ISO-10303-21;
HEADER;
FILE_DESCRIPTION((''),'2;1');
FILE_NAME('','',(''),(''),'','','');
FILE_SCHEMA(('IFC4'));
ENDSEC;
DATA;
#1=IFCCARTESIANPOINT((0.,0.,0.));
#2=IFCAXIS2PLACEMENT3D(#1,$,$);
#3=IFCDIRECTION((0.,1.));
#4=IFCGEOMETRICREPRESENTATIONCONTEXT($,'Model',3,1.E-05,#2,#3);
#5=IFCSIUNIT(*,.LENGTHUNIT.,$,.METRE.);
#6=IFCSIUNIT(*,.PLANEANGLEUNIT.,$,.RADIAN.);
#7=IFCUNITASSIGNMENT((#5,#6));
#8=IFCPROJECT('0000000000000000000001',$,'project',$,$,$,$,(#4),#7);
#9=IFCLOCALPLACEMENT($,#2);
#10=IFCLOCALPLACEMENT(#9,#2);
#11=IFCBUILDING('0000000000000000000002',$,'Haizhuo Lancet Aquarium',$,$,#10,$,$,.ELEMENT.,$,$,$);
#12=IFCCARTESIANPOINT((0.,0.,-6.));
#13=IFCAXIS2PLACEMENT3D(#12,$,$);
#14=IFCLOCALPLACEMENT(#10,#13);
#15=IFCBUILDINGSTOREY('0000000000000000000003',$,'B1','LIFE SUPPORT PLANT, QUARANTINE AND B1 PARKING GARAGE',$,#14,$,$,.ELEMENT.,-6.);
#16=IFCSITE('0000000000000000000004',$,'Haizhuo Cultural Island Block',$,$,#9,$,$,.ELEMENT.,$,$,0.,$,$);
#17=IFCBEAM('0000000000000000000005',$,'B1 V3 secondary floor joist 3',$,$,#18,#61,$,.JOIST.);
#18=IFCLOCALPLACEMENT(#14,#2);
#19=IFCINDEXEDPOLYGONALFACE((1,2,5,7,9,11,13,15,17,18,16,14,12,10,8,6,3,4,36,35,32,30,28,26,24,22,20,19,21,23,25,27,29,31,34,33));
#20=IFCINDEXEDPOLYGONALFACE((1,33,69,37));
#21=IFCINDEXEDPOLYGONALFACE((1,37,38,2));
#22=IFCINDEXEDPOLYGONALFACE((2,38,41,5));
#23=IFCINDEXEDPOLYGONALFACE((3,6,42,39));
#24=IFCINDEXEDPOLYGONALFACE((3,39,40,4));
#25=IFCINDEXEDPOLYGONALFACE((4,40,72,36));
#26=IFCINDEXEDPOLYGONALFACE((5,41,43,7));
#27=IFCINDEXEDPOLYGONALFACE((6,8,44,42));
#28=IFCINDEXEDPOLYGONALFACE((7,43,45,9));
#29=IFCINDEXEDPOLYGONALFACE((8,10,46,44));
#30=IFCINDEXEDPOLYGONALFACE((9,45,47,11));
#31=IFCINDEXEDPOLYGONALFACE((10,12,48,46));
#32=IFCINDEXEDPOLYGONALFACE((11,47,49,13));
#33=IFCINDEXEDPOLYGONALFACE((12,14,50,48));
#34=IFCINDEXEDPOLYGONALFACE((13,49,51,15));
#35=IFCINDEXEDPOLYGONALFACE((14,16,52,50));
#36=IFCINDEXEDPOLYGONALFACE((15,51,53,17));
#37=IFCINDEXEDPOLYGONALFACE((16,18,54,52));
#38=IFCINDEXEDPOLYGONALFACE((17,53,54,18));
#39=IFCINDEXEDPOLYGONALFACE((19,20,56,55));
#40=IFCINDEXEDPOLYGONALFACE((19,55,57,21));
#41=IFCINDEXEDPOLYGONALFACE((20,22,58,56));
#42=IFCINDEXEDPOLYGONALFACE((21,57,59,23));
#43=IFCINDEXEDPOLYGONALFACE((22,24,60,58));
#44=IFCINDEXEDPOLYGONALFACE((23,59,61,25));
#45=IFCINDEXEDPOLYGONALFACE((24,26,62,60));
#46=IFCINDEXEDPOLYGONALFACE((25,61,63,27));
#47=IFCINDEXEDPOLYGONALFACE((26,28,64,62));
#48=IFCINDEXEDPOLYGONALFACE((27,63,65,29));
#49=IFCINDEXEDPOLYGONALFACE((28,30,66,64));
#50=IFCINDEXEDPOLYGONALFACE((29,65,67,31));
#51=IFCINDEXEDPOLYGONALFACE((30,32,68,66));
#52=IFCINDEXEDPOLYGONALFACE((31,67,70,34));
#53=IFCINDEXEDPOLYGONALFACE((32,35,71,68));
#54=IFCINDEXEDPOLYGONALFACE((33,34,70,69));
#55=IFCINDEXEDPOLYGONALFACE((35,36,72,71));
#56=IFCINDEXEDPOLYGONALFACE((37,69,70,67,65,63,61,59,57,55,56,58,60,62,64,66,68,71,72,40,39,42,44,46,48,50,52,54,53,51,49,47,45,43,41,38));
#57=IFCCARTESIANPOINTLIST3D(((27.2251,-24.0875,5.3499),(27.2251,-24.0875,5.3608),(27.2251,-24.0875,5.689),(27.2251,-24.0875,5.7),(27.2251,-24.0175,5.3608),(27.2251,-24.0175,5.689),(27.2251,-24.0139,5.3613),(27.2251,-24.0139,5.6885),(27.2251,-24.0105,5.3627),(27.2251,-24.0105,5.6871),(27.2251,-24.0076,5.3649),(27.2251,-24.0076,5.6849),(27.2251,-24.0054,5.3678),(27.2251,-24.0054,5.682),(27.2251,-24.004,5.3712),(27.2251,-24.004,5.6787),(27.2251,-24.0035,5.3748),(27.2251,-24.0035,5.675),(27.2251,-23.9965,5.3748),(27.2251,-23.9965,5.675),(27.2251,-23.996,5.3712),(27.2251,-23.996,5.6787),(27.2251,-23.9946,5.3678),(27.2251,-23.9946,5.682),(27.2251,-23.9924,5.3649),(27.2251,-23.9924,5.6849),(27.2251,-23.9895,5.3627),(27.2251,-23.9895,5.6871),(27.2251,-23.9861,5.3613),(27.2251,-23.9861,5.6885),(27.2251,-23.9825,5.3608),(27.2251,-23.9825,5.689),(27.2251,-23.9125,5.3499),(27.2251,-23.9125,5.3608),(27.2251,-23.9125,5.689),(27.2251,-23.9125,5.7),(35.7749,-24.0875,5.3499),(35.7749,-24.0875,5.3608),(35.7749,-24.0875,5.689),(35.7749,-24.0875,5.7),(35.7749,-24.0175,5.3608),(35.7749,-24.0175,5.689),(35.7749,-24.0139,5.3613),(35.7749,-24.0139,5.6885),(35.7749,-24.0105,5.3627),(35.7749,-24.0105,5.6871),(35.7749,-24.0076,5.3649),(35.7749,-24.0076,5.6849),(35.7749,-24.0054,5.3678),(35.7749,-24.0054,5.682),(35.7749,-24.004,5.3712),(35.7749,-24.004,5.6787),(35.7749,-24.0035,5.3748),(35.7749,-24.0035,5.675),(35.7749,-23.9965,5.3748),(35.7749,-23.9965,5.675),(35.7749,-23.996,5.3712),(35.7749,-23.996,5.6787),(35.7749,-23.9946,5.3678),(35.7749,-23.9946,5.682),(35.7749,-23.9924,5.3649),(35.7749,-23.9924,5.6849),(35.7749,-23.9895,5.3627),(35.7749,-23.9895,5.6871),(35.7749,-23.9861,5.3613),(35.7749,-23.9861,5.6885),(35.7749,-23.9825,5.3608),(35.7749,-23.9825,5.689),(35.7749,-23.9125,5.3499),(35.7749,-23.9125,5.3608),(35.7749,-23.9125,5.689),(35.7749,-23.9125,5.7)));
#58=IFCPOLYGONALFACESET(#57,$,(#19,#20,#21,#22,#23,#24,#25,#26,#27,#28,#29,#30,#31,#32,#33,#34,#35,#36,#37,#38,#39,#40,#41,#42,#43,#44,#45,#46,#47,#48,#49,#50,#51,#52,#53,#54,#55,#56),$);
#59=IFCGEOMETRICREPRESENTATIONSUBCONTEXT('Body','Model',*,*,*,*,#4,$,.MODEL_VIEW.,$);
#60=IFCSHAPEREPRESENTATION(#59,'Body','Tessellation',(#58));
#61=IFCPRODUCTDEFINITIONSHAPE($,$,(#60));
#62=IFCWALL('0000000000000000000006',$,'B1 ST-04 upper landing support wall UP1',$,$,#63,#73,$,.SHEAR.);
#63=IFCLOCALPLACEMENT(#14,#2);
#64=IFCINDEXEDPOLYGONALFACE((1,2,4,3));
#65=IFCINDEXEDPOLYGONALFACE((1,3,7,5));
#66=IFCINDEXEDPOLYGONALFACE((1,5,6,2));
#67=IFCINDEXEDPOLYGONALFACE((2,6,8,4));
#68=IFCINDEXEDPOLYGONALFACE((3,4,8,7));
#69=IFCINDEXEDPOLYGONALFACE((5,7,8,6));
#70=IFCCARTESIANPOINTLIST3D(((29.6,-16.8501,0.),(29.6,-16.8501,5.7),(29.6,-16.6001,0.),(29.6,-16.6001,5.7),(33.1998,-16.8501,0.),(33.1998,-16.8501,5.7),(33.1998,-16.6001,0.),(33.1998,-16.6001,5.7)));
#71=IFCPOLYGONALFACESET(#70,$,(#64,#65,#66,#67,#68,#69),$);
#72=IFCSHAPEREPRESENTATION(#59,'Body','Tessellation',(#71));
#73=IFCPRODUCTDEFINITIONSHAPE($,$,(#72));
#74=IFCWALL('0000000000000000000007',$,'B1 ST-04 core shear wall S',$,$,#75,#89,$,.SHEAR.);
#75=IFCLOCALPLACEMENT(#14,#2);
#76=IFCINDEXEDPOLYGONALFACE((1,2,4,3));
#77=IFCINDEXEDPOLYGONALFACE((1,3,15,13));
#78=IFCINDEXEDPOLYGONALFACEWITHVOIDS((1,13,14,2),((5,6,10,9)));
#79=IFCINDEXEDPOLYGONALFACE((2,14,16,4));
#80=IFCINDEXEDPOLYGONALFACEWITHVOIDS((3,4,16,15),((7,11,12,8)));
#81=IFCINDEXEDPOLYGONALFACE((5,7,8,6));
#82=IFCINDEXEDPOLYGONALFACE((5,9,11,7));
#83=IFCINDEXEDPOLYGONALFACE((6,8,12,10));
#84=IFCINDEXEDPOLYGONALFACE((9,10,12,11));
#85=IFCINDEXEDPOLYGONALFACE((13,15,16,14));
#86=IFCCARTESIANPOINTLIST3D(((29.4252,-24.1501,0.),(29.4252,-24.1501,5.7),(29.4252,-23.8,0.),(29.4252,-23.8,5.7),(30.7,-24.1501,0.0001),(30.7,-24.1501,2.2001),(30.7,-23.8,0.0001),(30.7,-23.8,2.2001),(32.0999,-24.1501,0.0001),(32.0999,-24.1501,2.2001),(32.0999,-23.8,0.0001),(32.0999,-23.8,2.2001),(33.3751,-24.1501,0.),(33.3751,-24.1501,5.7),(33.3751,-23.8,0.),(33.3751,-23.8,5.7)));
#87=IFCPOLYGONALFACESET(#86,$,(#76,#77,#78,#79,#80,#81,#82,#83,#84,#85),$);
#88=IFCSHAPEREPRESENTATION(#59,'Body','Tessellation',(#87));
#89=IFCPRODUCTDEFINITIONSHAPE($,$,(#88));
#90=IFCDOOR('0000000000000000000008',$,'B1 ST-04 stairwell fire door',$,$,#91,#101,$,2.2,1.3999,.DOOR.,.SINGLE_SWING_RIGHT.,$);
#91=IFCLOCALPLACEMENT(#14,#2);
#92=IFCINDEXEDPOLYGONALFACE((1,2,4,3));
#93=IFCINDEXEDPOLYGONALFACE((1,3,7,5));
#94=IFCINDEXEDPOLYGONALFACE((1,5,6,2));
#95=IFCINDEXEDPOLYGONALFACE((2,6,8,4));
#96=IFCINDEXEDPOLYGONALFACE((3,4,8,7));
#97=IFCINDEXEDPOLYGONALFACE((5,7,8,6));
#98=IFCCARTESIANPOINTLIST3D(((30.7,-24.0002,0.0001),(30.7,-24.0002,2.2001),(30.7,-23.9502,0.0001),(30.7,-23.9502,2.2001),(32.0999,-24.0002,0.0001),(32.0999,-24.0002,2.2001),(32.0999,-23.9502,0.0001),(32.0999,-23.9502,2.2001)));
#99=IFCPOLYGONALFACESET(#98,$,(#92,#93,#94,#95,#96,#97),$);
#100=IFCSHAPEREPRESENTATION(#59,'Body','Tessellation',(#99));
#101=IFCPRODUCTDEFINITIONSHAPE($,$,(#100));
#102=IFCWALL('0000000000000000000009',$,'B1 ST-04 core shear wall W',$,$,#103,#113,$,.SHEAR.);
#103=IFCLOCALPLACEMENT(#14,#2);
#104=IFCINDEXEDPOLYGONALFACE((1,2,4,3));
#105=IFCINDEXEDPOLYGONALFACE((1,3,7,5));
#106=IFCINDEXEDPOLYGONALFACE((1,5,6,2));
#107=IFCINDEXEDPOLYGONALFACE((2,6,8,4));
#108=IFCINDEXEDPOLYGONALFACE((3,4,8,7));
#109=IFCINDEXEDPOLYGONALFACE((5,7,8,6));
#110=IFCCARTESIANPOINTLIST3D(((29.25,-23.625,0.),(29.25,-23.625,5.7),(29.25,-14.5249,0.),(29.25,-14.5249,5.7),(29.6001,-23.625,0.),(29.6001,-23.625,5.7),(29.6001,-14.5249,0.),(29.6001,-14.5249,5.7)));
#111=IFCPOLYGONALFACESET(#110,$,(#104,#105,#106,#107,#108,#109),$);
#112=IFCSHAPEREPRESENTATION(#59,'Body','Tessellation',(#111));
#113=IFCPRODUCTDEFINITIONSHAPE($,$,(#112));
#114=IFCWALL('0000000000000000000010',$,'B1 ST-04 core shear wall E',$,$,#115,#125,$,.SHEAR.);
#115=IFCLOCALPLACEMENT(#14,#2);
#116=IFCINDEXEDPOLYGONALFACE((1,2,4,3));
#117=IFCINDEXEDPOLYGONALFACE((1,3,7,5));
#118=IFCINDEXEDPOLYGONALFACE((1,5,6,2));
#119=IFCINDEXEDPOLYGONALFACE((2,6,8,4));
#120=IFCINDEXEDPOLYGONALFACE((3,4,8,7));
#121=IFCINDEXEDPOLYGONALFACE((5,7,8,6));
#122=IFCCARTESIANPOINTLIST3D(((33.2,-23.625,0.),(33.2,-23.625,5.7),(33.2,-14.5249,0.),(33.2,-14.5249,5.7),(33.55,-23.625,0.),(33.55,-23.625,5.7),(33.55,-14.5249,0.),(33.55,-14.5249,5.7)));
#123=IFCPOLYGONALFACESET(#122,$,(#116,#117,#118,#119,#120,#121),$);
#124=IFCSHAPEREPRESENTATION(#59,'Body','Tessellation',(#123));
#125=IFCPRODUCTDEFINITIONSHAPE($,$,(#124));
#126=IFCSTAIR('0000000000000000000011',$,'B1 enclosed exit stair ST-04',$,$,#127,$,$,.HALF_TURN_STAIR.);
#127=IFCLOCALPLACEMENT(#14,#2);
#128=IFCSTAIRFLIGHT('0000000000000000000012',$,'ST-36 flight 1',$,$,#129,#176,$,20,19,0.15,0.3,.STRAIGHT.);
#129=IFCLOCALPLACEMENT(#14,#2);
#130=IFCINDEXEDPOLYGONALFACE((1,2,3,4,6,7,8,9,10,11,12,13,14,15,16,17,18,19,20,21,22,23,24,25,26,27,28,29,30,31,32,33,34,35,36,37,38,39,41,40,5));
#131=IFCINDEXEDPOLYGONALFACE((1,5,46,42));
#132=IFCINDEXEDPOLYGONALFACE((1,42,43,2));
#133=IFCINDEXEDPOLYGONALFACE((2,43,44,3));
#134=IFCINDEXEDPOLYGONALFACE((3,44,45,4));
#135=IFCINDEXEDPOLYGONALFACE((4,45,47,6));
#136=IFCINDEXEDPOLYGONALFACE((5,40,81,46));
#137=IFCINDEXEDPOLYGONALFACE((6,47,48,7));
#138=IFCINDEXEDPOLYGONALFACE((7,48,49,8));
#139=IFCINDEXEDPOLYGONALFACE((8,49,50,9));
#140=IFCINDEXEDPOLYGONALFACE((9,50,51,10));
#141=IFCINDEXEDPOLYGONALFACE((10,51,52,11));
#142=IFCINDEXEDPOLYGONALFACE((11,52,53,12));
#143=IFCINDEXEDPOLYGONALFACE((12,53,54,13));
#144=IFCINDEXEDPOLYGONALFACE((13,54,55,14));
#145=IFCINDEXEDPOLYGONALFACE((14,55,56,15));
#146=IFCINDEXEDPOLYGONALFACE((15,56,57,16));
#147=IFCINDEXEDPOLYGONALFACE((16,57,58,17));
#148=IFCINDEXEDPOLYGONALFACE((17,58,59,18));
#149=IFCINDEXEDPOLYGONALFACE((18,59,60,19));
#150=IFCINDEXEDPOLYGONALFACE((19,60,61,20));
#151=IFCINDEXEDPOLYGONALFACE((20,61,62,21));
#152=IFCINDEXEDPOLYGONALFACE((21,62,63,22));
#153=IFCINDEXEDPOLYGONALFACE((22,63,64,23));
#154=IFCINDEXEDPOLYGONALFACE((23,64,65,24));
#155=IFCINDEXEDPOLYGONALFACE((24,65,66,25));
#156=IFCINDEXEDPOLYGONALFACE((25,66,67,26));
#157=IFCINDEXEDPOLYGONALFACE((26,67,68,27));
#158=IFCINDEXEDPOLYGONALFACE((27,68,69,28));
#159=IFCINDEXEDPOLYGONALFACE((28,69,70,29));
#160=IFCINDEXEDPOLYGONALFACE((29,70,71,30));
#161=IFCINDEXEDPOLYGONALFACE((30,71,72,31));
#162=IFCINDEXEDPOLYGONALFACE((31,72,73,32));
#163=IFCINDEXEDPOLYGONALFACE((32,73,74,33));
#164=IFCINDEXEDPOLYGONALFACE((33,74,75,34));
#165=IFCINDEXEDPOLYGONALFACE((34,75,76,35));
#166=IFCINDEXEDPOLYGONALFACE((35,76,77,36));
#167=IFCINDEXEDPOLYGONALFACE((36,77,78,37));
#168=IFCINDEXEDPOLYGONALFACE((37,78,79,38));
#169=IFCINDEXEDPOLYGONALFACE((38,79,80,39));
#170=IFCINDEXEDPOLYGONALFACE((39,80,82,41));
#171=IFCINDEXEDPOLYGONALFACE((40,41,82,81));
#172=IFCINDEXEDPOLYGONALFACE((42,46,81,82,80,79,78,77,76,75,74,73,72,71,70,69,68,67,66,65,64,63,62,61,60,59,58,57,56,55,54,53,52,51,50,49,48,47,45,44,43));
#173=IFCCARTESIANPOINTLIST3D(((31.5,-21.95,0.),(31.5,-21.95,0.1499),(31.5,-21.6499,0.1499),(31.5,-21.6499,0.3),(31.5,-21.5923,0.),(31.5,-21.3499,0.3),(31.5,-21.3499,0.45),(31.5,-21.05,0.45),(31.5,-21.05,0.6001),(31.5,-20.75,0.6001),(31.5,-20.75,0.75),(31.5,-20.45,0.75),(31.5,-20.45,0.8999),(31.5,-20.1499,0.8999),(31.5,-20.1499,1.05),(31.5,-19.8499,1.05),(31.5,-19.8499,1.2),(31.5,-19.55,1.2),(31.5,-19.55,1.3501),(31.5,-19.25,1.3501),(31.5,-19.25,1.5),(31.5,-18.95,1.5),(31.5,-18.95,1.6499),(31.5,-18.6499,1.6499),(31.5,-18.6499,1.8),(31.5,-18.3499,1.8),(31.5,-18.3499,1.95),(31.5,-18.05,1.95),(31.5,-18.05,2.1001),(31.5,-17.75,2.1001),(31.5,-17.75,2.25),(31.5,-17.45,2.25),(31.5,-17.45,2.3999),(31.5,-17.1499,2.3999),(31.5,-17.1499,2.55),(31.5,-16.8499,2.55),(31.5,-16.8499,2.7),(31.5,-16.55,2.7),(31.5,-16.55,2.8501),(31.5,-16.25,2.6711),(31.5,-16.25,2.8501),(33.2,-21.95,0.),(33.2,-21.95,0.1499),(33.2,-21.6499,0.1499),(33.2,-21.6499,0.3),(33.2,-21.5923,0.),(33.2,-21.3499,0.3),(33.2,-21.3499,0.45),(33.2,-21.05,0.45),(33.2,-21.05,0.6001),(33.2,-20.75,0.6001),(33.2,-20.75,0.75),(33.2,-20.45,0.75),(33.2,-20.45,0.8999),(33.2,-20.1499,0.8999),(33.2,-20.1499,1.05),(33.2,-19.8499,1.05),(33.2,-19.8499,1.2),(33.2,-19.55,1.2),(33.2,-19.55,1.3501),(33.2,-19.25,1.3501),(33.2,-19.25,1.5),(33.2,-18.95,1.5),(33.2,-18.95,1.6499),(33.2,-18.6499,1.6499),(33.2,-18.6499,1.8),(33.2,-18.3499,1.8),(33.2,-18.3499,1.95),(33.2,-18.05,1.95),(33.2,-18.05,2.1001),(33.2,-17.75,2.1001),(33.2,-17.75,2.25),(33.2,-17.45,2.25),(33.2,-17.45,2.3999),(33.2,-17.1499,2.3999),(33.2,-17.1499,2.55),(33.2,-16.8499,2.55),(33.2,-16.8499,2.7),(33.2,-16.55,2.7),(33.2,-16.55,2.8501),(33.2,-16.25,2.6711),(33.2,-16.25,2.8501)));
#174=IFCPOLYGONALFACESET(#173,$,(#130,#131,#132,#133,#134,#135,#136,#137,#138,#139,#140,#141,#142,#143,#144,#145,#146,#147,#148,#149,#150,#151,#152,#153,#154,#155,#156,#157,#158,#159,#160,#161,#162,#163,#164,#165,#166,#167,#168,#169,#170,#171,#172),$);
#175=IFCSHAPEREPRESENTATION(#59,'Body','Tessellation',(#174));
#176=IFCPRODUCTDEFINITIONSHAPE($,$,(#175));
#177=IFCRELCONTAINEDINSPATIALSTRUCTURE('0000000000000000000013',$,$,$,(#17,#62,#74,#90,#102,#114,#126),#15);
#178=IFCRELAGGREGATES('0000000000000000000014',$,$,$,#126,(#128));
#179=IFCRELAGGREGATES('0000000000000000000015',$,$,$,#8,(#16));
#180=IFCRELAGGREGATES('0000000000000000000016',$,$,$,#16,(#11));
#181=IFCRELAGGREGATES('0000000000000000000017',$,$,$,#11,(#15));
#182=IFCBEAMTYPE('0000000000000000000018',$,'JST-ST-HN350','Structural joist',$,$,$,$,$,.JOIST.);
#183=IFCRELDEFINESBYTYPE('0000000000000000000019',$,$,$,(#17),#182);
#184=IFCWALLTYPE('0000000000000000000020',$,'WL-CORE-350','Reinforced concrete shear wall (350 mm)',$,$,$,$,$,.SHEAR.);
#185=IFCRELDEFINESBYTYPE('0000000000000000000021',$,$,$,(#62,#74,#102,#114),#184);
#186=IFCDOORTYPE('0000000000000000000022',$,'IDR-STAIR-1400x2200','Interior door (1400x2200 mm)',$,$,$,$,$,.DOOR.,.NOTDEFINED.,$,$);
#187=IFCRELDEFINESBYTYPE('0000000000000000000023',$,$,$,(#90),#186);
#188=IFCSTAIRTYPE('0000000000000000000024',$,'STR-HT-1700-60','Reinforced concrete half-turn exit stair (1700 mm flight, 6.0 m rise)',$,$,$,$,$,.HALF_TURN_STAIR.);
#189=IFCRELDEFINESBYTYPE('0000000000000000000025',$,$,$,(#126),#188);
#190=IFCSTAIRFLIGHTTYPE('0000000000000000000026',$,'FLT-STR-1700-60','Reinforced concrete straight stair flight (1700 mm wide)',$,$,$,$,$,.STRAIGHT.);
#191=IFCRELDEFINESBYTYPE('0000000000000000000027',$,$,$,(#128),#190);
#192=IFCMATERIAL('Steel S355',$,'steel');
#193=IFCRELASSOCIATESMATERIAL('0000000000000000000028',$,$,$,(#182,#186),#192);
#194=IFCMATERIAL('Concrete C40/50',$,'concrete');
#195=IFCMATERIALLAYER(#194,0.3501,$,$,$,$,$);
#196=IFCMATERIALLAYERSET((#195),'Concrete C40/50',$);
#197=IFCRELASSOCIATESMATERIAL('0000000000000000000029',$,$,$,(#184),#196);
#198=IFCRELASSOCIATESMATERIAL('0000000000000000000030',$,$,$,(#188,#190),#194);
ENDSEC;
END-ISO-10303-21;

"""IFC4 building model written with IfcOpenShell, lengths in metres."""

from ifc_helpers import new_model, si_unit, direction, frame, frame_2d, origin, origin_2d, place, context, subcontext, project, spatial, polyline, rectangle, i_section, outline, extrude, material, layer, layer_set, material_profile, profile_set, type_object, element, fill, aggregate, save


model = new_model("IFC4")

# Units and contexts
model_context = context("Model", 3, precision=1e-05, world=origin(), true_north=direction((0.0, 1.0)))
body_context = subcontext(model_context, "Body", "Model", "MODEL_VIEW")
ifc_project = project(units=[si_unit("LENGTHUNIT", "METRE"), si_unit("PLANEANGLEUNIT", "RADIAN")], contexts=[model_context])

# Site, building, storey
site_placement = place(None, origin())
site = spatial("IfcSite", under=ifc_project, at=site_placement, Name="Haizhuo Cultural Island Block", CompositionType="ELEMENT", RefElevation=0.0)
building_placement = place(site_placement, origin())
building = spatial("IfcBuilding", under=site, at=building_placement, Name="Haizhuo Lancet Aquarium", CompositionType="ELEMENT")
storey_placement = place(building_placement, frame((0.0, 0.0, -6.0)))
storey = spatial("IfcBuildingStorey", under=building, at=storey_placement, Name="B1", Description="LIFE SUPPORT PLANT, QUARANTINE AND B1 PARKING GARAGE", CompositionType="ELEMENT", Elevation=-6.0)

# Shared definitions
ifc_material_1 = material(Name="Concrete C40/50", Category="concrete")

# Beam
ifc_material_2 = material(Name="Steel S355", Category="steel")
ifc_material_profile_1 = material_profile(ifc_material_2, i_section(OverallWidth=0.175, OverallDepth=0.3501, WebThickness=0.0071, FlangeThickness=0.011, FilletRadius=0.0139, at=origin_2d()), Name="HN 350x175x7x11")
ifc_profile_set_1 = profile_set([ifc_material_profile_1], Name="Steel S355")
beam_type_1 = type_object("IfcBeamType", Name="JST-ST-HN350", Description="Structural joist", PredefinedType="JOIST", material=ifc_profile_set_1)
beam_1_placement = place(storey_placement, frame((27.2251, -24.0, 5.5249), z_axis=(1.0, 0.0, 0.0), x_axis=(0.0, 1.0, 0.0)))
element("IfcBeam", 1, at=beam_1_placement, inside=storey, type_object=beam_type_1, Name="B1 V3 secondary floor joist 3", PredefinedType="JOIST", context=body_context, shape_type="SweptSolid", body=[
    extrude(i_section(OverallWidth=0.175, OverallDepth=0.3501, WebThickness=0.0071, FlangeThickness=0.011, FilletRadius=0.0139, at=origin_2d()), origin(), (0.0, 0.0, 1.0), 8.5498),
])

# Wall
ifc_layer = layer(ifc_material_1, 0.3501)
ifc_layer_set = layer_set([ifc_layer], Name="Concrete C40/50")
wall_type = type_object("IfcWallType", Name="WL-CORE-350", Description="Reinforced concrete shear wall (350 mm)", PredefinedType="SHEAR", material=ifc_layer_set)
wall_1_placement = place(storey_placement, frame((29.6001, -16.7251, 0.0), z_axis=(0.0, 0.0, 1.0), x_axis=(1.0, 0.0, 0.0)))
element("IfcWall", 2, at=wall_1_placement, inside=storey, type_object=wall_type, Name="B1 ST-04 upper landing support wall UP1", PredefinedType="SHEAR", context=body_context, shape_type="SweptSolid", body=[
    extrude(rectangle(XDim=3.5999, YDim=0.25, at=frame_2d((1.7998, 0.0))), origin(), (0.0, 0.0, 1.0), 5.7),
])

# Wall, opening, door
wall_2_placement = place(storey_placement, frame((29.425, -23.9751, 0.0), z_axis=(0.0, 0.0, 1.0), x_axis=(1.0, 0.0, 0.0)))
wall_2 = element("IfcWall", 3, at=wall_2_placement, inside=storey, type_object=wall_type, Name="B1 ST-04 core shear wall S", PredefinedType="SHEAR", context=body_context, shape_type="SweptSolid", body=[
    extrude(rectangle(XDim=3.95, YDim=0.3501, at=frame_2d((1.9751, 0.0))), origin(), (0.0, 0.0, 1.0), 5.7),
])
opening_placement = place(wall_2_placement, frame((1.2749, 0.0, 0.0)))
opening = element("IfcOpeningElement", 4, at=opening_placement, cuts=wall_2, PredefinedType="OPENING", context=body_context, shape_type="SweptSolid", body=[
    extrude(rectangle(XDim=1.3999, YDim=2.2, at=frame_2d((0.7, 1.1001))), frame((0.0, 0.1851, 0.0), z_axis=(0.0, -1.0, 0.0), x_axis=(1.0, 0.0, 0.0)), (0.0, 0.0, 1.0), 0.3701),
])
door_type = type_object("IfcDoorType", Name="IDR-STAIR-1400x2200", Description="Interior door (1400x2200 mm)", OperationType="NOTDEFINED", PredefinedType="DOOR", material=ifc_material_2)
door_placement = place(opening_placement, origin())
door = element("IfcDoor", 5, at=door_placement, inside=storey, type_object=door_type, Name="B1 ST-04 stairwell fire door", OperationType="SINGLE_SWING_RIGHT", OverallHeight=2.2, OverallWidth=1.3999, PredefinedType="DOOR", context=body_context, shape_type="SweptSolid", body=[
    extrude(rectangle(XDim=1.3999, YDim=2.2, at=frame_2d((0.7, 1.1001))), frame((0.0, 0.0249, 0.0), z_axis=(0.0, -1.0, 0.0), x_axis=(1.0, 0.0, 0.0)), (0.0, 0.0, 1.0), 0.05),
])
fill(opening, door)

# Walls
for number, where, z_axis, x_axis, name in (
    (6, (29.425, -23.625, 0.0), (0.0, 0.0, 1.0), (0.0, 1.0, 0.0), "B1 ST-04 core shear wall W"),
    (7, (33.375, -23.625, 0.0), (0.0, 0.0, 1.0), (0.0, 1.0, 0.0), "B1 ST-04 core shear wall E"),
):
    element("IfcWall", number, at=place(storey_placement, frame(where, z_axis=z_axis, x_axis=x_axis)), inside=storey, type_object=wall_type, Name=name, PredefinedType="SHEAR", context=body_context, shape_type="SweptSolid", body=[
        extrude(rectangle(XDim=9.1001, YDim=0.3501, at=frame_2d((4.55, 0.0))), origin(), (0.0, 0.0, 1.0), 5.7),
    ])

# Stair, stair flight
stair_type = type_object("IfcStairType", Name="STR-HT-1700-60", Description="Reinforced concrete half-turn exit stair (1700 mm flight, 6.0 m rise)", PredefinedType="HALF_TURN_STAIR", material=ifc_material_1)
stair_placement = place(storey_placement, origin())
stair = element("IfcStair", 8, at=stair_placement, inside=storey, type_object=stair_type, Name="B1 enclosed exit stair ST-04", PredefinedType="HALF_TURN_STAIR")
stair_flight_type = type_object("IfcStairFlightType", Name="FLT-STR-1700-60", Description="Reinforced concrete straight stair flight (1700 mm wide)", PredefinedType="STRAIGHT", material=ifc_material_1)
stair_flight_placement = place(storey_placement, frame((32.3501, -21.95, 0.0), z_axis=(0.0, 0.0, 1.0), x_axis=(0.0, 1.0, 0.0)))
stair_flight = element("IfcStairFlight", 9, at=stair_flight_placement, type_object=stair_flight_type, Name="ST-36 flight 1", NumberOfRisers=20, NumberOfTreads=19, PredefinedType="STRAIGHT", RiserHeight=0.15, TreadLength=0.3, context=body_context, shape_type="SweptSolid", body=[
    extrude(outline(polyline([(0.0, 0.0), (0.0, 0.1499), (0.3, 0.1499), (0.3, 0.3), (0.6001, 0.3), (0.6001, 0.45), (0.8999, 0.45), (0.8999, 0.6001), (1.2, 0.6001), (1.2, 0.75), (1.5, 0.75), (1.5, 0.8999), (1.8, 0.8999), (1.8, 1.05), (2.1001, 1.05), (2.1001, 1.2), (2.3999, 1.2), (2.3999, 1.3501), (2.7, 1.3501), (2.7, 1.5), (3.0, 1.5), (3.0, 1.6499), (3.3, 1.6499), (3.3, 1.8), (3.6001, 1.8), (3.6001, 1.95), (3.8999, 1.95), (3.8999, 2.1001), (4.2, 2.1001), (4.2, 2.25), (4.5, 2.25), (4.5, 2.3999), (4.8, 2.3999), (4.8, 2.55), (5.1001, 2.55), (5.1001, 2.7), (5.3999, 2.7), (5.3999, 2.8501), (5.7, 2.8501), (5.7, 3.0), (5.7, 2.6711), (0.3577, 0.0), (0.0, 0.0)])), frame((0.0, 0.8501, 0.0), z_axis=(0.0, -1.0, 0.0), x_axis=(1.0, 0.0, 0.0)), (0.0, 0.0, 1.0), 1.7),
])
aggregate(stair, [stair_flight])

save(model, "model.ifc")
